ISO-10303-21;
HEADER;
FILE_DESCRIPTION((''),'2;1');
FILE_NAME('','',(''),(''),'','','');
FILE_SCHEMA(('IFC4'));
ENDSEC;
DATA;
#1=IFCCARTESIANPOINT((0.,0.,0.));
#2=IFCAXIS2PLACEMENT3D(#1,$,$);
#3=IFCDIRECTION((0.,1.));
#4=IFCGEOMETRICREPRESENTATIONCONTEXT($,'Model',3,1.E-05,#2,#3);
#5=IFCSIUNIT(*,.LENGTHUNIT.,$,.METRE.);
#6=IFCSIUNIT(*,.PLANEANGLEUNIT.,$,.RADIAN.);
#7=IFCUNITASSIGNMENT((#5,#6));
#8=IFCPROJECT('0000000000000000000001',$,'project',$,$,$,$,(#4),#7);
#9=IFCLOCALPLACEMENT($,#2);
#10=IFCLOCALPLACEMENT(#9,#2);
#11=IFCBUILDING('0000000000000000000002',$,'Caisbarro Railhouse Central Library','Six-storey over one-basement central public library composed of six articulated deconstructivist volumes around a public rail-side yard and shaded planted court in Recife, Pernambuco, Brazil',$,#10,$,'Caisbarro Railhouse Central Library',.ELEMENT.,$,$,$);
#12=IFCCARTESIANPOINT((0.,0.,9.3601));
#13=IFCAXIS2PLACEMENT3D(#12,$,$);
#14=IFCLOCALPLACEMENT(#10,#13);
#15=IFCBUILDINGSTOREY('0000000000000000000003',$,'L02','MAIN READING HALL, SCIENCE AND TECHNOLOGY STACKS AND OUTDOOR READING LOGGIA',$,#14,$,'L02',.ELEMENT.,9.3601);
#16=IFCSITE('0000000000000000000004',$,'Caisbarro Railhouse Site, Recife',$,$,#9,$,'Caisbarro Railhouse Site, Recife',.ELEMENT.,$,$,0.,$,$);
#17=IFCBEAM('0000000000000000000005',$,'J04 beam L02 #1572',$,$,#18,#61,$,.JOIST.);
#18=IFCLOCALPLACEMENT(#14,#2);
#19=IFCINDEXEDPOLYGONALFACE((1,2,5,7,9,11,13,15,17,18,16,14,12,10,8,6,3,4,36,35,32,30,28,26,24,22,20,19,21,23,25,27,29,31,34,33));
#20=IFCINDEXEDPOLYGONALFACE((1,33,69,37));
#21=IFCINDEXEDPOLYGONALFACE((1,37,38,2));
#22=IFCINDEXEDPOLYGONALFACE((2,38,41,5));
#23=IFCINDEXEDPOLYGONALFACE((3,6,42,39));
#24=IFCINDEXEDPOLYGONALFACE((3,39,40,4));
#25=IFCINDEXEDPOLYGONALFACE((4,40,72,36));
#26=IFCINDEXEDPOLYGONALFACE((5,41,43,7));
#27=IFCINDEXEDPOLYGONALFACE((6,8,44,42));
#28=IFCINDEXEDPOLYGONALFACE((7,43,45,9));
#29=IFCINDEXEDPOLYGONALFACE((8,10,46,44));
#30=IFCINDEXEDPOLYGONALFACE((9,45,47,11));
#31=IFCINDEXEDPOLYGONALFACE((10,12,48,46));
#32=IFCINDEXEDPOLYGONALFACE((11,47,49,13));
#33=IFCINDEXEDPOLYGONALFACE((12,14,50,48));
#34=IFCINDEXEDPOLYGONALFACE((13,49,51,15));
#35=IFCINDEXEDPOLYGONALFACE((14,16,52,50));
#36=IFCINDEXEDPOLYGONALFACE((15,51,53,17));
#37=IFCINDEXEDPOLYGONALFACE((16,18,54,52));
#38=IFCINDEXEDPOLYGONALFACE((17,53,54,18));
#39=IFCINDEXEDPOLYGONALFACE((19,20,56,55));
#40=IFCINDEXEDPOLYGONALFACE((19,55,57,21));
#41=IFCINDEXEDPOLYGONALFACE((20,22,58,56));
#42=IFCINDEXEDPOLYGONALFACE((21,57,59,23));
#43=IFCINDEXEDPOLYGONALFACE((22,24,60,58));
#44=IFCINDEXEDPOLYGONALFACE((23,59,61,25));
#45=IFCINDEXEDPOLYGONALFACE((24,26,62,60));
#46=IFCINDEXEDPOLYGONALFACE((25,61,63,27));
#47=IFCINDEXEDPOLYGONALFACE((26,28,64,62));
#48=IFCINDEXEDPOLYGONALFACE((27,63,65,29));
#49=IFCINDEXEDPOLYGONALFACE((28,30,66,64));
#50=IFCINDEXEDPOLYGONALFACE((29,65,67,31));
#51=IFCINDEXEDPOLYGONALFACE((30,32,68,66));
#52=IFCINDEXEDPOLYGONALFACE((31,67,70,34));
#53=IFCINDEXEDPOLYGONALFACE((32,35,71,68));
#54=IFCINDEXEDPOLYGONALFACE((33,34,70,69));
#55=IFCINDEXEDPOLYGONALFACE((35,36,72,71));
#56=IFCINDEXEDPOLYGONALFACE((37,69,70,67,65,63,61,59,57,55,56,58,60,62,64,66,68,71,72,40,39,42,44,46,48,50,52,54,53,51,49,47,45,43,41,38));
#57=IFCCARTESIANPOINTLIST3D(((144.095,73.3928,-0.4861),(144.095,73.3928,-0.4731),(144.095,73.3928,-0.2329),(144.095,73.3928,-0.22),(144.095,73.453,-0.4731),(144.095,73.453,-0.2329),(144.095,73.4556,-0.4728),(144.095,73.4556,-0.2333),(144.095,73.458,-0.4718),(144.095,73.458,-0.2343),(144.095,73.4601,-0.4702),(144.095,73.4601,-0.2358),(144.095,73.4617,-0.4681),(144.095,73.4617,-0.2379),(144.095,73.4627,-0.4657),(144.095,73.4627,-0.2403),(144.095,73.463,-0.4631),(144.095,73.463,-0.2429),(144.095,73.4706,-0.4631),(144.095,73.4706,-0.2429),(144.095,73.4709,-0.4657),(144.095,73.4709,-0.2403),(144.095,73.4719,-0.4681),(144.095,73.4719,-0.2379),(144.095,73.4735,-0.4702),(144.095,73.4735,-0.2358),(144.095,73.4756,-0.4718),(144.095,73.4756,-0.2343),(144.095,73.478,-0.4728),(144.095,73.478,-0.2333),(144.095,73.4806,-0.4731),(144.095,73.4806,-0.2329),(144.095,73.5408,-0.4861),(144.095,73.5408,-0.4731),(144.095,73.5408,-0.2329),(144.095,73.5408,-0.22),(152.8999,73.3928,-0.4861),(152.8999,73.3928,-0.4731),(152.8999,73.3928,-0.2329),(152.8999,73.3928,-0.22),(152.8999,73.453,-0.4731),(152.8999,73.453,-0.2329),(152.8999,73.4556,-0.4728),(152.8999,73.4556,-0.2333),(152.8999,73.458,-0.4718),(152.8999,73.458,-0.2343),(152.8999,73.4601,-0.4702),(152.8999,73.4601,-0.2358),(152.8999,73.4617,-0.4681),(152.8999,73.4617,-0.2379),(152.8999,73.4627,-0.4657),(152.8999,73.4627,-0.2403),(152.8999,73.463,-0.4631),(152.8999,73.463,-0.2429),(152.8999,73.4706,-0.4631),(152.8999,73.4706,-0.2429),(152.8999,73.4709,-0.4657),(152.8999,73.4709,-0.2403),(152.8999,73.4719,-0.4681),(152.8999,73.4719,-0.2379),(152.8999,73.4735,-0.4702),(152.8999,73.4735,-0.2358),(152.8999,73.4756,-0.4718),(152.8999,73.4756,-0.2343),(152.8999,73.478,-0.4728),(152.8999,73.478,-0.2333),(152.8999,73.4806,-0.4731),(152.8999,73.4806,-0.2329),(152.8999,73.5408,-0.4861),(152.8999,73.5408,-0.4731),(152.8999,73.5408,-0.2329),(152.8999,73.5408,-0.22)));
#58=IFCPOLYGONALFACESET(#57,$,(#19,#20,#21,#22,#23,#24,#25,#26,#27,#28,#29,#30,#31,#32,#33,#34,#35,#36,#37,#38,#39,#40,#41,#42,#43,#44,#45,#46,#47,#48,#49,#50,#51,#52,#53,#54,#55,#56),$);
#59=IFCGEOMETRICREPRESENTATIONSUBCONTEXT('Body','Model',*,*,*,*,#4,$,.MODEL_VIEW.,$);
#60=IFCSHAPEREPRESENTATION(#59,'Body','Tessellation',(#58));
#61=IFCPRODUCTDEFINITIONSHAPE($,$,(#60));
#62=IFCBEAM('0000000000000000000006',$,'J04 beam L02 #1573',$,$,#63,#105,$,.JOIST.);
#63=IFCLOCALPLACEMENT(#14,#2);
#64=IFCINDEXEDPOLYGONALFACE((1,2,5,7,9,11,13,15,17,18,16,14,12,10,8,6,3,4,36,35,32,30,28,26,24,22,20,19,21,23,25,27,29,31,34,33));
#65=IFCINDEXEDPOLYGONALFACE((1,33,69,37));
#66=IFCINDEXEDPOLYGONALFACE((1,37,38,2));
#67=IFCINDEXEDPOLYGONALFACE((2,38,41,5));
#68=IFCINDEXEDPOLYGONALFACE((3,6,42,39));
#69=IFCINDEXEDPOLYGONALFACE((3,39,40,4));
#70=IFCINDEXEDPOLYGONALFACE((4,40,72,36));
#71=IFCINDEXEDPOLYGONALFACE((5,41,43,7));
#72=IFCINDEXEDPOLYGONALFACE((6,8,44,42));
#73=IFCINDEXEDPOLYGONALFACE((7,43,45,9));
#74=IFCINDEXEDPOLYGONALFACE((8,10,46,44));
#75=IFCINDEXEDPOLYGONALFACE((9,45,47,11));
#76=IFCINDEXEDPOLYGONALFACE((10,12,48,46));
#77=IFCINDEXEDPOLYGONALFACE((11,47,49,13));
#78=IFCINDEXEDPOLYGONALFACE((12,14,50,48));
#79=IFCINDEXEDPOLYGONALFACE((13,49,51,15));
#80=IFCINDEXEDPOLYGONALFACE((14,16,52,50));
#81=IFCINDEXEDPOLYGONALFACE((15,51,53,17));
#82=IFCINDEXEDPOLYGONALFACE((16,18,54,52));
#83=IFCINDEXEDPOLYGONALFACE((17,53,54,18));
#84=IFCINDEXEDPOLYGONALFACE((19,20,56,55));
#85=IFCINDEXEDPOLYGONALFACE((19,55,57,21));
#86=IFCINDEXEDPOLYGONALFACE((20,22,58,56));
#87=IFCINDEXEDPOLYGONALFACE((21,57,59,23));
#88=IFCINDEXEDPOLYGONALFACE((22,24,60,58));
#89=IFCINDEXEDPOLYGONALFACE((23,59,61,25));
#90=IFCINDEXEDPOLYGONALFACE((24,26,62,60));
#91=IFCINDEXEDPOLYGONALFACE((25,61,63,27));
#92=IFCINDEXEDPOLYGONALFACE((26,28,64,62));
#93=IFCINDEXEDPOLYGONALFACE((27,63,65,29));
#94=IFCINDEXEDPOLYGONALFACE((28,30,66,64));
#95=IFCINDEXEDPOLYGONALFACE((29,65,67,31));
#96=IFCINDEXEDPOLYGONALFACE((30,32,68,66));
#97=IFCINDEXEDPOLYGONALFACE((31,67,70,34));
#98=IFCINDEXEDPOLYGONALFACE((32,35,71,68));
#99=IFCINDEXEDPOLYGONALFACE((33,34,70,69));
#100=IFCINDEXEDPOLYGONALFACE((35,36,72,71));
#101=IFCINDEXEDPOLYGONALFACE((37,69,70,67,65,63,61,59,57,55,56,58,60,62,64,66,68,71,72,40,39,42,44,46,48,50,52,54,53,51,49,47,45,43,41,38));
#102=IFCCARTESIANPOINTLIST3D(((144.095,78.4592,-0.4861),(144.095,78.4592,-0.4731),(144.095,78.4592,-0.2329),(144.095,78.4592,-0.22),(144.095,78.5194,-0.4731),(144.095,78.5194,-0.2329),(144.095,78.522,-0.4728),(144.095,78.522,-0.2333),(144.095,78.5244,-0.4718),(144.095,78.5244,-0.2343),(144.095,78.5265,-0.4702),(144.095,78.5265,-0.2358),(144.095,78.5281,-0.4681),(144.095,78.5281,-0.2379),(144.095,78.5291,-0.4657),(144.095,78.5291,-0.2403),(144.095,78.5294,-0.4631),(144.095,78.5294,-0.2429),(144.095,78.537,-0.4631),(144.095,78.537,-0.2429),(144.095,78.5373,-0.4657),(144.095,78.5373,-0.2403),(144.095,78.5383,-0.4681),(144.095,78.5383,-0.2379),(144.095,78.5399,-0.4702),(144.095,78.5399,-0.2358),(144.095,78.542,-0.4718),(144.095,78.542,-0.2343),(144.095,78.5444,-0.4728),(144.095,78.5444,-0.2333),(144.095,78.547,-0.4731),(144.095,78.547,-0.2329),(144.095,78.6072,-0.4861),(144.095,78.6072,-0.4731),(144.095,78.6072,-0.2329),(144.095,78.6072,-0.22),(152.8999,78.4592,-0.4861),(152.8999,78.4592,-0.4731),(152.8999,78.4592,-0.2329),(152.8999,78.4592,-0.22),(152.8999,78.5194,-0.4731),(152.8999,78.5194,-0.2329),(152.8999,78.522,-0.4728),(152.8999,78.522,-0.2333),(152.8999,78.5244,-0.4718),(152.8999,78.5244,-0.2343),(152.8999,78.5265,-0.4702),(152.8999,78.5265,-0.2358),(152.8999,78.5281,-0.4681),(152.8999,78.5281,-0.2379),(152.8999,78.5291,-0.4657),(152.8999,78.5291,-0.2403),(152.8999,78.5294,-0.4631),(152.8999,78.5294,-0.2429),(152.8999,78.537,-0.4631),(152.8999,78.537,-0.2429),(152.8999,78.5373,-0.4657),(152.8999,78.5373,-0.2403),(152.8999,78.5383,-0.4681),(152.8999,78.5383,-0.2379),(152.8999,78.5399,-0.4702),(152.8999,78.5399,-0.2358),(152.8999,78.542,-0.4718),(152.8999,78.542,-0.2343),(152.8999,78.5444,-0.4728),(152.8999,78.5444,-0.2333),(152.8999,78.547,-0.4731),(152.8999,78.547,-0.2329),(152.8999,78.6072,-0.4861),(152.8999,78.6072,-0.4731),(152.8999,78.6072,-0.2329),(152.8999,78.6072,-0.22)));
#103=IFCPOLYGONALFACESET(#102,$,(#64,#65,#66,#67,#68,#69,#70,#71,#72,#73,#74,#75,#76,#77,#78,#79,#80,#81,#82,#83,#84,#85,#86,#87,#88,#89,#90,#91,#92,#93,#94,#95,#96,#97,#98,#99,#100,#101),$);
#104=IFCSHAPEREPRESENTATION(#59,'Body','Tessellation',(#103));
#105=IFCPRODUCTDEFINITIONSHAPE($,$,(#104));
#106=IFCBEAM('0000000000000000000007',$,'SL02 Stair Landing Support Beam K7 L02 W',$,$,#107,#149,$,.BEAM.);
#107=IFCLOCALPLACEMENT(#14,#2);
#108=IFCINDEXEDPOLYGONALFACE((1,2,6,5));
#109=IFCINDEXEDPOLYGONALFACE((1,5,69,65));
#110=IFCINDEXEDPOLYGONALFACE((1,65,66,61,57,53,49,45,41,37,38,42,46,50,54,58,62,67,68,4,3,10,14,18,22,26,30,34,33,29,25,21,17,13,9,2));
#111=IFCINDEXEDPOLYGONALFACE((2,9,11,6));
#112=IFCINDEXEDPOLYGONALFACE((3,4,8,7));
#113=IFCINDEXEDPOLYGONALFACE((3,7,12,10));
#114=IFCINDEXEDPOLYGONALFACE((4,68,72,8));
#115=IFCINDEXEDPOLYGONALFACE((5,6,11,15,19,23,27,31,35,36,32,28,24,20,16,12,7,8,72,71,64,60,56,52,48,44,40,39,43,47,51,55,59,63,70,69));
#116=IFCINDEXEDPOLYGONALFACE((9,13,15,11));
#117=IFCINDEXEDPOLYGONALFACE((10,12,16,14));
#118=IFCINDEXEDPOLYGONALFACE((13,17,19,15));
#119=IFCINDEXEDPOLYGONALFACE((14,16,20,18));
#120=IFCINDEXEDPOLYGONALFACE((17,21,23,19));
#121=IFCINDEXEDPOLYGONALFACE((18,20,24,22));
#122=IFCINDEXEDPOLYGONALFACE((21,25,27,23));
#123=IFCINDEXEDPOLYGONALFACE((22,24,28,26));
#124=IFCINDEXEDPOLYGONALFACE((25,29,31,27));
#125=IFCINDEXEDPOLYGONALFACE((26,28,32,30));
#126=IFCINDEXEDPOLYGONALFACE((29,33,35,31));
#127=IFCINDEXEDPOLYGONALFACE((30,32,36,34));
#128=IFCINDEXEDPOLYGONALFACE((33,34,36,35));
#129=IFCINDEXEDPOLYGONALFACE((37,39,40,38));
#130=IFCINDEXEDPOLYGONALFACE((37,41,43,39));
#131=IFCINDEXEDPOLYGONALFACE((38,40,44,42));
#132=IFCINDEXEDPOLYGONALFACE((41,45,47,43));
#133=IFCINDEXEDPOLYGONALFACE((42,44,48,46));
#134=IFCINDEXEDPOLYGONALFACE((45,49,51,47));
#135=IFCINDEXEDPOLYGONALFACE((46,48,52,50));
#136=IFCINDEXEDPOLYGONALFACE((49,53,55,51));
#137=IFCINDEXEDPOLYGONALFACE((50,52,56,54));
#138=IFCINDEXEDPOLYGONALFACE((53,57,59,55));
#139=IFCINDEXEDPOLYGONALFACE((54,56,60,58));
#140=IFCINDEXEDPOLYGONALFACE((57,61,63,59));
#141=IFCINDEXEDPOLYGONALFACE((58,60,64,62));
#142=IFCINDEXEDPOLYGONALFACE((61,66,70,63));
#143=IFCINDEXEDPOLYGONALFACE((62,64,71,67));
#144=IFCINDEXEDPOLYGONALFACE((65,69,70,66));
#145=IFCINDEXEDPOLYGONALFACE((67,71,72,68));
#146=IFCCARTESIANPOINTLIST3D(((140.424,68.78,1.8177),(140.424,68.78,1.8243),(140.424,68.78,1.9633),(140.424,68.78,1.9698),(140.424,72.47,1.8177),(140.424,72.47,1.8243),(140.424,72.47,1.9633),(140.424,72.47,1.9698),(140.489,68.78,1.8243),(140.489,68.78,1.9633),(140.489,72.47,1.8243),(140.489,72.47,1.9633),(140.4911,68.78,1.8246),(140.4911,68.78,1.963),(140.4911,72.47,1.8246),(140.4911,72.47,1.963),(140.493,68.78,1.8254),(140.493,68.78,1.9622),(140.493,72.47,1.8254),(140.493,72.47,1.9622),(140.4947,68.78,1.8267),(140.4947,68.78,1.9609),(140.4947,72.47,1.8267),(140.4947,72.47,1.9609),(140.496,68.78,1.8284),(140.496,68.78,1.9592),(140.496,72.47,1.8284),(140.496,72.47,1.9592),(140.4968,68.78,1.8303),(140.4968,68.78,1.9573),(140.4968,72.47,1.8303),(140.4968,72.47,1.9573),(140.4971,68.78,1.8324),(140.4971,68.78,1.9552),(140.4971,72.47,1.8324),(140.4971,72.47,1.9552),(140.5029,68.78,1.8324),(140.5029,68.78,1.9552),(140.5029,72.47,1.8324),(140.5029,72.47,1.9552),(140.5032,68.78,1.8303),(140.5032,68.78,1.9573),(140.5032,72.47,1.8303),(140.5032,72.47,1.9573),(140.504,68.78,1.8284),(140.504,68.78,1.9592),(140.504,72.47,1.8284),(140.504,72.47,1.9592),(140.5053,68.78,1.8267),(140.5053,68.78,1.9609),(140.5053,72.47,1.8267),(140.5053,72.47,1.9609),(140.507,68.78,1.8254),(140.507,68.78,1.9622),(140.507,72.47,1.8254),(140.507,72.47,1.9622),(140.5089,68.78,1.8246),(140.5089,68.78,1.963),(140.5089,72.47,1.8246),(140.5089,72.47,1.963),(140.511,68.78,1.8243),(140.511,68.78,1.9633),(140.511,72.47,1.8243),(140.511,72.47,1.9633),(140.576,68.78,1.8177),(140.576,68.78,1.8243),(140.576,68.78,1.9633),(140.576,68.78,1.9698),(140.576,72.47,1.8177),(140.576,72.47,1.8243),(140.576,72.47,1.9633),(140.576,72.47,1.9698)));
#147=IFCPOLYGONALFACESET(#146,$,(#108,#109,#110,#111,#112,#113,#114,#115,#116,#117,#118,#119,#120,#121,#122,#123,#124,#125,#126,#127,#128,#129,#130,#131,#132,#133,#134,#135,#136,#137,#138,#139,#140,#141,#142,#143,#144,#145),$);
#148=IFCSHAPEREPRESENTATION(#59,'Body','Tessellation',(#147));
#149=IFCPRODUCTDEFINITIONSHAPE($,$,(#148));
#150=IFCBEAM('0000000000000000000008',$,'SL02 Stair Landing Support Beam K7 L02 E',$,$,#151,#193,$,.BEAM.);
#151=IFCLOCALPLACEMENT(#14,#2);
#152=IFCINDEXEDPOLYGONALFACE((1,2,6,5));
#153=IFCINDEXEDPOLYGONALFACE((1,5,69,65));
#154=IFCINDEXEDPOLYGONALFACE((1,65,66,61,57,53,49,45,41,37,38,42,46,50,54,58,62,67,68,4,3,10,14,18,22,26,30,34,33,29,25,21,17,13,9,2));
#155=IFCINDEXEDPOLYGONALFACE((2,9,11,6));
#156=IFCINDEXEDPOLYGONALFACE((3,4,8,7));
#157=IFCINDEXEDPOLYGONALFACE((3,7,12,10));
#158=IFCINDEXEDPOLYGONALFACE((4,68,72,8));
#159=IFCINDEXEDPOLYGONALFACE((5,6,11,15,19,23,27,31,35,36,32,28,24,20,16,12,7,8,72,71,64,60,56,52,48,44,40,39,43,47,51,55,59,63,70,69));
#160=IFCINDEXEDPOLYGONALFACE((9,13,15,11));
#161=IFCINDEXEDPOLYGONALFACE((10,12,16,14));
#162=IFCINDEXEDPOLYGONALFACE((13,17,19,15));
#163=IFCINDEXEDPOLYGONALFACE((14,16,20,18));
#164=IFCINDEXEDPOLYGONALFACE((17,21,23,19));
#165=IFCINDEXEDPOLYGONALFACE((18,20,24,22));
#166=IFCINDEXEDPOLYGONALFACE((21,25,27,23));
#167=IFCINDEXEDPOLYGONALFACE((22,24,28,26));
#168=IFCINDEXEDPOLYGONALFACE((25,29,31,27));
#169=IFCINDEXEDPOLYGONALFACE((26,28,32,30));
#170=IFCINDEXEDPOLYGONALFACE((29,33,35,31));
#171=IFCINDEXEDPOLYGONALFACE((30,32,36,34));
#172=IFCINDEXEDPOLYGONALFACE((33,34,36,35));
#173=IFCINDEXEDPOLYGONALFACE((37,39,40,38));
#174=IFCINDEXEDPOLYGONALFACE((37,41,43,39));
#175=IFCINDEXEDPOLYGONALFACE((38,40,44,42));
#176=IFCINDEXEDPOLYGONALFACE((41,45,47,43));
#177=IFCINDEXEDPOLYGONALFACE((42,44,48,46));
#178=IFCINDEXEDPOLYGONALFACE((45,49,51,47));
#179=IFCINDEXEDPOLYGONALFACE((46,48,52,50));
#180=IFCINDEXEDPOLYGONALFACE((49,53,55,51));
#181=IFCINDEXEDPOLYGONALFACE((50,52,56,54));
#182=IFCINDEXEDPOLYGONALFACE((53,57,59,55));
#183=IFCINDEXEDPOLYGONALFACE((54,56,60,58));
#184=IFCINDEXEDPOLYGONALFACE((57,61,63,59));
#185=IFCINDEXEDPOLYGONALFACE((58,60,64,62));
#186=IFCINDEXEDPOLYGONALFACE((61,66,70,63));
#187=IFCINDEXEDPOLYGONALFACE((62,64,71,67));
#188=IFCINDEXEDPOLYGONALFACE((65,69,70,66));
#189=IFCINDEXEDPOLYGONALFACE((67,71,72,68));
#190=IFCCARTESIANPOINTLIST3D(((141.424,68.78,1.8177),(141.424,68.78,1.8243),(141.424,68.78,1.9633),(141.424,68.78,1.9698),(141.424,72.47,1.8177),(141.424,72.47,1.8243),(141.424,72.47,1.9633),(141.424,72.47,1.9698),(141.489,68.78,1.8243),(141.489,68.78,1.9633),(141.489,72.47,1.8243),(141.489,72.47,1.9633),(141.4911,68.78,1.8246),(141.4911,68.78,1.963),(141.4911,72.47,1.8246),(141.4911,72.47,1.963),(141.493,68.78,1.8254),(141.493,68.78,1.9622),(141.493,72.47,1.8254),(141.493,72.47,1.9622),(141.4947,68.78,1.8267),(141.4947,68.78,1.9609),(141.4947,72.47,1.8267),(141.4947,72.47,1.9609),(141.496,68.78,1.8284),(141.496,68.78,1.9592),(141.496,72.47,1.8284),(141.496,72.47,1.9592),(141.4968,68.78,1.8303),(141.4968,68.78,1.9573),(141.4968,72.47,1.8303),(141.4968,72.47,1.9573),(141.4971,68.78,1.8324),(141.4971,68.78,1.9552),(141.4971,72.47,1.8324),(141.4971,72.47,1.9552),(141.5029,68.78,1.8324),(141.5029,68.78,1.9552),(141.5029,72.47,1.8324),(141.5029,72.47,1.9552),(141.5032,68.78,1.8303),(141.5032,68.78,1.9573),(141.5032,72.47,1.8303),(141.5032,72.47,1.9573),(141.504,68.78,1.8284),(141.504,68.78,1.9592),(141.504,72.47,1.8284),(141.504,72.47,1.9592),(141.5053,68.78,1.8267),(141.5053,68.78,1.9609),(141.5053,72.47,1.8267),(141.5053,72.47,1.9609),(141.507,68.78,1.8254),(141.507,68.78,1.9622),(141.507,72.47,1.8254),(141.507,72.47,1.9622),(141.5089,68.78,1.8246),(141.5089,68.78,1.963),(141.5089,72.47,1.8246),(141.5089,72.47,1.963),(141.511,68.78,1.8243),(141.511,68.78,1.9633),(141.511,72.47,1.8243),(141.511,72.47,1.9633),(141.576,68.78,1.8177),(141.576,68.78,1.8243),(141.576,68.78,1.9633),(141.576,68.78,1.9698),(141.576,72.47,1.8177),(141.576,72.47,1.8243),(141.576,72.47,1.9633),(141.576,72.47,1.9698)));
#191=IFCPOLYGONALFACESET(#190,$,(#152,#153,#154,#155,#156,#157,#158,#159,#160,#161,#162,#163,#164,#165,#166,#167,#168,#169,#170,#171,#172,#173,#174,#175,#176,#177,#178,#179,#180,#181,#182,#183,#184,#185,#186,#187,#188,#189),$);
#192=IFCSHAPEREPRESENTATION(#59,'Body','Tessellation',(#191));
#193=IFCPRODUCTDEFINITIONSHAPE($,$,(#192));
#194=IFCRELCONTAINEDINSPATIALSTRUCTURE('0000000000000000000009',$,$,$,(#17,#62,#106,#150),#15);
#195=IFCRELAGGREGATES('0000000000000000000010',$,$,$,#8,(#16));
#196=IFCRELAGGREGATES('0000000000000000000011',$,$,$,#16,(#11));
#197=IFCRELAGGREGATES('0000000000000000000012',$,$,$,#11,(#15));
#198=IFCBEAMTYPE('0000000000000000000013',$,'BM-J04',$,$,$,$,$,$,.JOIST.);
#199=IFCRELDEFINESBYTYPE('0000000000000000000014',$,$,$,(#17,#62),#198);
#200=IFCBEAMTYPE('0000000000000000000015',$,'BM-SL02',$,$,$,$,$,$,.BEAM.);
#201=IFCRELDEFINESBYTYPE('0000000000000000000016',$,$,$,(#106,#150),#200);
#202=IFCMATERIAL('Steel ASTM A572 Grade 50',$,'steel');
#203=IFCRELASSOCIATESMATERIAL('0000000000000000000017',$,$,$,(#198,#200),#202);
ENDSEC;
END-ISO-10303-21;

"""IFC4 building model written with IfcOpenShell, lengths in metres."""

from ifc_helpers import new_model, si_unit, direction, frame, origin, origin_2d, place, context, subcontext, project, spatial, i_section, extrude, material, material_profile, profile_set, type_object, element, save


model = new_model("IFC4")

# Units and contexts
model_context = context("Model", 3, precision=1e-05, world=origin(), true_north=direction((0.0, 1.0)))
body_context = subcontext(model_context, "Body", "Model", "MODEL_VIEW")
ifc_project = project(units=[si_unit("LENGTHUNIT", "METRE"), si_unit("PLANEANGLEUNIT", "RADIAN")], contexts=[model_context])

# Site, building, storey
site_placement = place(None, origin())
site = spatial("IfcSite", under=ifc_project, at=site_placement, Name="Caisbarro Railhouse Site, Recife", LongName="Caisbarro Railhouse Site, Recife", CompositionType="ELEMENT", RefElevation=0.0)
building_placement = place(site_placement, origin())
building = spatial("IfcBuilding", under=site, at=building_placement, Name="Caisbarro Railhouse Central Library", Description="Six-storey over one-basement central public library composed of six articulated deconstructivist volumes around a public rail-side yard and shaded planted court in Recife, Pernambuco, Brazil", LongName="Caisbarro Railhouse Central Library", CompositionType="ELEMENT")
storey_placement = place(building_placement, frame((0.0, 0.0, 9.3601)))
storey = spatial("IfcBuildingStorey", under=building, at=storey_placement, Name="L02", Description="MAIN READING HALL, SCIENCE AND TECHNOLOGY STACKS AND OUTDOOR READING LOGGIA", LongName="L02", CompositionType="ELEMENT", Elevation=9.3601)

# Shared definitions
ifc_material_1 = material(Name="Steel ASTM A572 Grade 50", Category="steel")

# Beams
ifc_material_profile_1 = material_profile(ifc_material_1, i_section(OverallWidth=0.1479, OverallDepth=0.2661, WebThickness=0.0076, FlangeThickness=0.0129, FilletRadius=0.01, at=origin_2d()), Name="W250X44.8")
ifc_profile_set_1 = profile_set([ifc_material_profile_1], Name="Steel ASTM A572 Grade 50")
beam_type_1 = type_object("IfcBeamType", Name="BM-J04", PredefinedType="JOIST", material=ifc_profile_set_1)
for number, where, z_axis, x_axis, name in (
    (1, (144.095, 73.4668, -0.353), (1.0, 0.0, 0.0), (0.0, 1.0, 0.0), "J04 beam L02 #1572"),
    (2, (144.095, 78.5332, -0.353), (1.0, 0.0, 0.0), (0.0, 1.0, 0.0), "J04 beam L02 #1573"),
):
    element("IfcBeam", number, at=place(storey_placement, frame(where, z_axis=z_axis, x_axis=x_axis)), inside=storey, type_object=beam_type_1, Name=name, PredefinedType="JOIST", context=body_context, shape_type="SweptSolid", body=[
        extrude(i_section(OverallWidth=0.1479, OverallDepth=0.2661, WebThickness=0.0076, FlangeThickness=0.0129, FilletRadius=0.01, at=origin_2d()), origin(), (0.0, 0.0, 1.0), 8.8049),
    ])
ifc_material_profile_2 = material_profile(ifc_material_1, i_section(OverallWidth=0.1521, OverallDepth=0.1521, WebThickness=0.0059, FlangeThickness=0.0066, FilletRadius=0.0081, at=origin_2d()), Name="W150X22.5")
ifc_profile_set_2 = profile_set([ifc_material_profile_2], Name="Steel ASTM A572 Grade 50")
beam_type_2 = type_object("IfcBeamType", Name="BM-SL02", PredefinedType="BEAM", material=ifc_profile_set_2)
for number, where, z_axis, x_axis, name in (
    (3, (140.5, 68.78, 1.8938), (0.0, 1.0, 0.0), (-1.0, 0.0, 0.0), "SL02 Stair Landing Support Beam K7 L02 W"),
    (4, (141.5, 68.78, 1.8938), (0.0, 1.0, 0.0), (-1.0, 0.0, 0.0), "SL02 Stair Landing Support Beam K7 L02 E"),
):
    element("IfcBeam", number, at=place(storey_placement, frame(where, z_axis=z_axis, x_axis=x_axis)), inside=storey, type_object=beam_type_2, Name=name, PredefinedType="BEAM", context=body_context, shape_type="SweptSolid", body=[
        extrude(i_section(OverallWidth=0.1521, OverallDepth=0.1521, WebThickness=0.0059, FlangeThickness=0.0066, FilletRadius=0.0081, at=origin_2d()), origin(), (0.0, 0.0, 1.0), 3.6899),
    ])

save(model, "model.ifc")
